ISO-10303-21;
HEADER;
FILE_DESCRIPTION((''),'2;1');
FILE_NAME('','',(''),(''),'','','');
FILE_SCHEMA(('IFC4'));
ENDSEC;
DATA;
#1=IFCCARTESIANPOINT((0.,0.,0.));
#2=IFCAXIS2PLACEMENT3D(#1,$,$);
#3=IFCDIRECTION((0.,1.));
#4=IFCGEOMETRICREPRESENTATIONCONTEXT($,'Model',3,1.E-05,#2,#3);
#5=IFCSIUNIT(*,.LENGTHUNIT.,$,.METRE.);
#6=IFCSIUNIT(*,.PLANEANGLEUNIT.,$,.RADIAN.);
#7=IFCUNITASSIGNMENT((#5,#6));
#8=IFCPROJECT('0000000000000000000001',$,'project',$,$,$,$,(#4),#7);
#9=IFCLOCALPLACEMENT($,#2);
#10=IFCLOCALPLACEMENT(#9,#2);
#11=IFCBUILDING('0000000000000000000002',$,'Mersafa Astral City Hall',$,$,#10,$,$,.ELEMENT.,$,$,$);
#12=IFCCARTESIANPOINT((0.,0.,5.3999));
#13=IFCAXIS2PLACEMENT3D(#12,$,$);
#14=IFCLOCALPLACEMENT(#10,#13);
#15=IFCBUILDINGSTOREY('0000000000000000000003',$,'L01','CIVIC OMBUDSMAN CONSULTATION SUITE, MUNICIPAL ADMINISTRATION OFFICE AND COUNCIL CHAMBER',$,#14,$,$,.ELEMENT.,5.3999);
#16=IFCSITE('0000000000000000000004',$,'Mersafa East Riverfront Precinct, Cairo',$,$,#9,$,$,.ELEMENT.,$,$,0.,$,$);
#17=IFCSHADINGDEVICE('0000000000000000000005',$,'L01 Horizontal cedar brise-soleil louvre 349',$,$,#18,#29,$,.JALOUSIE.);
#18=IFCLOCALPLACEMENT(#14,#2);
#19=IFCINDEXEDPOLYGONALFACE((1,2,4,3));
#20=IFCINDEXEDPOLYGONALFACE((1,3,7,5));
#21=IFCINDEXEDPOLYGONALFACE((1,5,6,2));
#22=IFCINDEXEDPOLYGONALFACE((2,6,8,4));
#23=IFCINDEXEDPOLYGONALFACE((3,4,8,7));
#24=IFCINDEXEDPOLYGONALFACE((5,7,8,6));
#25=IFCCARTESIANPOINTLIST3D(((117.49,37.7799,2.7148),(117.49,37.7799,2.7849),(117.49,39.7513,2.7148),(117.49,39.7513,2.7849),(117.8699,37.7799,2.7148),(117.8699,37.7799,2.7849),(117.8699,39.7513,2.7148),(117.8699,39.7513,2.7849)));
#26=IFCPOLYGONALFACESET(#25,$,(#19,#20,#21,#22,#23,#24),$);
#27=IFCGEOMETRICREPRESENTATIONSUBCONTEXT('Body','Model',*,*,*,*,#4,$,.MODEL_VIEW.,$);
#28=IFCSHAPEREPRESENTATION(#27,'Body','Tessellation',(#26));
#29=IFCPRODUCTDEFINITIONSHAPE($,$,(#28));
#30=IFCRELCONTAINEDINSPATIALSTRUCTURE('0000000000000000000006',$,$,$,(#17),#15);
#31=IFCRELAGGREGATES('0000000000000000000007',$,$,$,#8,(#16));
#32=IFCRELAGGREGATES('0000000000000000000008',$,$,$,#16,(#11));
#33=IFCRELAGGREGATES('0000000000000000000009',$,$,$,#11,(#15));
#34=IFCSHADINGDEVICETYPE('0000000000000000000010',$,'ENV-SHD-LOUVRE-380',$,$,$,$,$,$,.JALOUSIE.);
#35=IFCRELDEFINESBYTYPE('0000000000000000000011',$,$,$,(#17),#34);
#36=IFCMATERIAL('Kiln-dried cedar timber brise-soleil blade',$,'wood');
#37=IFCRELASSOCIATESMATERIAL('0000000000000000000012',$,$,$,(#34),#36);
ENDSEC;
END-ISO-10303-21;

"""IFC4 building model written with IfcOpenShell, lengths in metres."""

from ifc_helpers import new_model, si_unit, direction, frame, origin, origin_2d, place, context, subcontext, project, spatial, rectangle, extrude, material, type_object, element, save


model = new_model("IFC4")

# Units and contexts
model_context = context("Model", 3, precision=1e-05, world=origin(), true_north=direction((0.0, 1.0)))
body_context = subcontext(model_context, "Body", "Model", "MODEL_VIEW")
ifc_project = project(units=[si_unit("LENGTHUNIT", "METRE"), si_unit("PLANEANGLEUNIT", "RADIAN")], contexts=[model_context])

# Site, building, storey
site_placement = place(None, origin())
site = spatial("IfcSite", under=ifc_project, at=site_placement, Name="Mersafa East Riverfront Precinct, Cairo", CompositionType="ELEMENT", RefElevation=0.0)
building_placement = place(site_placement, origin())
building = spatial("IfcBuilding", under=site, at=building_placement, Name="Mersafa Astral City Hall", CompositionType="ELEMENT")
storey_placement = place(building_placement, frame((0.0, 0.0, 5.3999)))
storey = spatial("IfcBuildingStorey", under=building, at=storey_placement, Name="L01", Description="CIVIC OMBUDSMAN CONSULTATION SUITE, MUNICIPAL ADMINISTRATION OFFICE AND COUNCIL CHAMBER", CompositionType="ELEMENT", Elevation=5.3999)

# Shading device
ifc_material_1 = material(Name="Kiln-dried cedar timber brise-soleil blade", Category="wood")
shading_device_type = type_object("IfcShadingDeviceType", Name="ENV-SHD-LOUVRE-380", PredefinedType="JALOUSIE", material=ifc_material_1)
for number, where, z_axis, x_axis, name in (
    (1, (117.6799, 38.7656, 2.7148), (0.0, 0.0, 1.0), (0.0, 1.0, 0.0), "L01 Horizontal cedar brise-soleil louvre 349"),
):
    element("IfcShadingDevice", number, at=place(storey_placement, frame(where, z_axis=z_axis, x_axis=x_axis)), inside=storey, type_object=shading_device_type, Name=name, PredefinedType="JALOUSIE", context=body_context, shape_type="SweptSolid", body=[
        extrude(rectangle(XDim=1.9714, YDim=0.3799, at=origin_2d()), origin(), (0.0, 0.0, 1.0), 0.0701),
    ])

save(model, "model.ifc")
